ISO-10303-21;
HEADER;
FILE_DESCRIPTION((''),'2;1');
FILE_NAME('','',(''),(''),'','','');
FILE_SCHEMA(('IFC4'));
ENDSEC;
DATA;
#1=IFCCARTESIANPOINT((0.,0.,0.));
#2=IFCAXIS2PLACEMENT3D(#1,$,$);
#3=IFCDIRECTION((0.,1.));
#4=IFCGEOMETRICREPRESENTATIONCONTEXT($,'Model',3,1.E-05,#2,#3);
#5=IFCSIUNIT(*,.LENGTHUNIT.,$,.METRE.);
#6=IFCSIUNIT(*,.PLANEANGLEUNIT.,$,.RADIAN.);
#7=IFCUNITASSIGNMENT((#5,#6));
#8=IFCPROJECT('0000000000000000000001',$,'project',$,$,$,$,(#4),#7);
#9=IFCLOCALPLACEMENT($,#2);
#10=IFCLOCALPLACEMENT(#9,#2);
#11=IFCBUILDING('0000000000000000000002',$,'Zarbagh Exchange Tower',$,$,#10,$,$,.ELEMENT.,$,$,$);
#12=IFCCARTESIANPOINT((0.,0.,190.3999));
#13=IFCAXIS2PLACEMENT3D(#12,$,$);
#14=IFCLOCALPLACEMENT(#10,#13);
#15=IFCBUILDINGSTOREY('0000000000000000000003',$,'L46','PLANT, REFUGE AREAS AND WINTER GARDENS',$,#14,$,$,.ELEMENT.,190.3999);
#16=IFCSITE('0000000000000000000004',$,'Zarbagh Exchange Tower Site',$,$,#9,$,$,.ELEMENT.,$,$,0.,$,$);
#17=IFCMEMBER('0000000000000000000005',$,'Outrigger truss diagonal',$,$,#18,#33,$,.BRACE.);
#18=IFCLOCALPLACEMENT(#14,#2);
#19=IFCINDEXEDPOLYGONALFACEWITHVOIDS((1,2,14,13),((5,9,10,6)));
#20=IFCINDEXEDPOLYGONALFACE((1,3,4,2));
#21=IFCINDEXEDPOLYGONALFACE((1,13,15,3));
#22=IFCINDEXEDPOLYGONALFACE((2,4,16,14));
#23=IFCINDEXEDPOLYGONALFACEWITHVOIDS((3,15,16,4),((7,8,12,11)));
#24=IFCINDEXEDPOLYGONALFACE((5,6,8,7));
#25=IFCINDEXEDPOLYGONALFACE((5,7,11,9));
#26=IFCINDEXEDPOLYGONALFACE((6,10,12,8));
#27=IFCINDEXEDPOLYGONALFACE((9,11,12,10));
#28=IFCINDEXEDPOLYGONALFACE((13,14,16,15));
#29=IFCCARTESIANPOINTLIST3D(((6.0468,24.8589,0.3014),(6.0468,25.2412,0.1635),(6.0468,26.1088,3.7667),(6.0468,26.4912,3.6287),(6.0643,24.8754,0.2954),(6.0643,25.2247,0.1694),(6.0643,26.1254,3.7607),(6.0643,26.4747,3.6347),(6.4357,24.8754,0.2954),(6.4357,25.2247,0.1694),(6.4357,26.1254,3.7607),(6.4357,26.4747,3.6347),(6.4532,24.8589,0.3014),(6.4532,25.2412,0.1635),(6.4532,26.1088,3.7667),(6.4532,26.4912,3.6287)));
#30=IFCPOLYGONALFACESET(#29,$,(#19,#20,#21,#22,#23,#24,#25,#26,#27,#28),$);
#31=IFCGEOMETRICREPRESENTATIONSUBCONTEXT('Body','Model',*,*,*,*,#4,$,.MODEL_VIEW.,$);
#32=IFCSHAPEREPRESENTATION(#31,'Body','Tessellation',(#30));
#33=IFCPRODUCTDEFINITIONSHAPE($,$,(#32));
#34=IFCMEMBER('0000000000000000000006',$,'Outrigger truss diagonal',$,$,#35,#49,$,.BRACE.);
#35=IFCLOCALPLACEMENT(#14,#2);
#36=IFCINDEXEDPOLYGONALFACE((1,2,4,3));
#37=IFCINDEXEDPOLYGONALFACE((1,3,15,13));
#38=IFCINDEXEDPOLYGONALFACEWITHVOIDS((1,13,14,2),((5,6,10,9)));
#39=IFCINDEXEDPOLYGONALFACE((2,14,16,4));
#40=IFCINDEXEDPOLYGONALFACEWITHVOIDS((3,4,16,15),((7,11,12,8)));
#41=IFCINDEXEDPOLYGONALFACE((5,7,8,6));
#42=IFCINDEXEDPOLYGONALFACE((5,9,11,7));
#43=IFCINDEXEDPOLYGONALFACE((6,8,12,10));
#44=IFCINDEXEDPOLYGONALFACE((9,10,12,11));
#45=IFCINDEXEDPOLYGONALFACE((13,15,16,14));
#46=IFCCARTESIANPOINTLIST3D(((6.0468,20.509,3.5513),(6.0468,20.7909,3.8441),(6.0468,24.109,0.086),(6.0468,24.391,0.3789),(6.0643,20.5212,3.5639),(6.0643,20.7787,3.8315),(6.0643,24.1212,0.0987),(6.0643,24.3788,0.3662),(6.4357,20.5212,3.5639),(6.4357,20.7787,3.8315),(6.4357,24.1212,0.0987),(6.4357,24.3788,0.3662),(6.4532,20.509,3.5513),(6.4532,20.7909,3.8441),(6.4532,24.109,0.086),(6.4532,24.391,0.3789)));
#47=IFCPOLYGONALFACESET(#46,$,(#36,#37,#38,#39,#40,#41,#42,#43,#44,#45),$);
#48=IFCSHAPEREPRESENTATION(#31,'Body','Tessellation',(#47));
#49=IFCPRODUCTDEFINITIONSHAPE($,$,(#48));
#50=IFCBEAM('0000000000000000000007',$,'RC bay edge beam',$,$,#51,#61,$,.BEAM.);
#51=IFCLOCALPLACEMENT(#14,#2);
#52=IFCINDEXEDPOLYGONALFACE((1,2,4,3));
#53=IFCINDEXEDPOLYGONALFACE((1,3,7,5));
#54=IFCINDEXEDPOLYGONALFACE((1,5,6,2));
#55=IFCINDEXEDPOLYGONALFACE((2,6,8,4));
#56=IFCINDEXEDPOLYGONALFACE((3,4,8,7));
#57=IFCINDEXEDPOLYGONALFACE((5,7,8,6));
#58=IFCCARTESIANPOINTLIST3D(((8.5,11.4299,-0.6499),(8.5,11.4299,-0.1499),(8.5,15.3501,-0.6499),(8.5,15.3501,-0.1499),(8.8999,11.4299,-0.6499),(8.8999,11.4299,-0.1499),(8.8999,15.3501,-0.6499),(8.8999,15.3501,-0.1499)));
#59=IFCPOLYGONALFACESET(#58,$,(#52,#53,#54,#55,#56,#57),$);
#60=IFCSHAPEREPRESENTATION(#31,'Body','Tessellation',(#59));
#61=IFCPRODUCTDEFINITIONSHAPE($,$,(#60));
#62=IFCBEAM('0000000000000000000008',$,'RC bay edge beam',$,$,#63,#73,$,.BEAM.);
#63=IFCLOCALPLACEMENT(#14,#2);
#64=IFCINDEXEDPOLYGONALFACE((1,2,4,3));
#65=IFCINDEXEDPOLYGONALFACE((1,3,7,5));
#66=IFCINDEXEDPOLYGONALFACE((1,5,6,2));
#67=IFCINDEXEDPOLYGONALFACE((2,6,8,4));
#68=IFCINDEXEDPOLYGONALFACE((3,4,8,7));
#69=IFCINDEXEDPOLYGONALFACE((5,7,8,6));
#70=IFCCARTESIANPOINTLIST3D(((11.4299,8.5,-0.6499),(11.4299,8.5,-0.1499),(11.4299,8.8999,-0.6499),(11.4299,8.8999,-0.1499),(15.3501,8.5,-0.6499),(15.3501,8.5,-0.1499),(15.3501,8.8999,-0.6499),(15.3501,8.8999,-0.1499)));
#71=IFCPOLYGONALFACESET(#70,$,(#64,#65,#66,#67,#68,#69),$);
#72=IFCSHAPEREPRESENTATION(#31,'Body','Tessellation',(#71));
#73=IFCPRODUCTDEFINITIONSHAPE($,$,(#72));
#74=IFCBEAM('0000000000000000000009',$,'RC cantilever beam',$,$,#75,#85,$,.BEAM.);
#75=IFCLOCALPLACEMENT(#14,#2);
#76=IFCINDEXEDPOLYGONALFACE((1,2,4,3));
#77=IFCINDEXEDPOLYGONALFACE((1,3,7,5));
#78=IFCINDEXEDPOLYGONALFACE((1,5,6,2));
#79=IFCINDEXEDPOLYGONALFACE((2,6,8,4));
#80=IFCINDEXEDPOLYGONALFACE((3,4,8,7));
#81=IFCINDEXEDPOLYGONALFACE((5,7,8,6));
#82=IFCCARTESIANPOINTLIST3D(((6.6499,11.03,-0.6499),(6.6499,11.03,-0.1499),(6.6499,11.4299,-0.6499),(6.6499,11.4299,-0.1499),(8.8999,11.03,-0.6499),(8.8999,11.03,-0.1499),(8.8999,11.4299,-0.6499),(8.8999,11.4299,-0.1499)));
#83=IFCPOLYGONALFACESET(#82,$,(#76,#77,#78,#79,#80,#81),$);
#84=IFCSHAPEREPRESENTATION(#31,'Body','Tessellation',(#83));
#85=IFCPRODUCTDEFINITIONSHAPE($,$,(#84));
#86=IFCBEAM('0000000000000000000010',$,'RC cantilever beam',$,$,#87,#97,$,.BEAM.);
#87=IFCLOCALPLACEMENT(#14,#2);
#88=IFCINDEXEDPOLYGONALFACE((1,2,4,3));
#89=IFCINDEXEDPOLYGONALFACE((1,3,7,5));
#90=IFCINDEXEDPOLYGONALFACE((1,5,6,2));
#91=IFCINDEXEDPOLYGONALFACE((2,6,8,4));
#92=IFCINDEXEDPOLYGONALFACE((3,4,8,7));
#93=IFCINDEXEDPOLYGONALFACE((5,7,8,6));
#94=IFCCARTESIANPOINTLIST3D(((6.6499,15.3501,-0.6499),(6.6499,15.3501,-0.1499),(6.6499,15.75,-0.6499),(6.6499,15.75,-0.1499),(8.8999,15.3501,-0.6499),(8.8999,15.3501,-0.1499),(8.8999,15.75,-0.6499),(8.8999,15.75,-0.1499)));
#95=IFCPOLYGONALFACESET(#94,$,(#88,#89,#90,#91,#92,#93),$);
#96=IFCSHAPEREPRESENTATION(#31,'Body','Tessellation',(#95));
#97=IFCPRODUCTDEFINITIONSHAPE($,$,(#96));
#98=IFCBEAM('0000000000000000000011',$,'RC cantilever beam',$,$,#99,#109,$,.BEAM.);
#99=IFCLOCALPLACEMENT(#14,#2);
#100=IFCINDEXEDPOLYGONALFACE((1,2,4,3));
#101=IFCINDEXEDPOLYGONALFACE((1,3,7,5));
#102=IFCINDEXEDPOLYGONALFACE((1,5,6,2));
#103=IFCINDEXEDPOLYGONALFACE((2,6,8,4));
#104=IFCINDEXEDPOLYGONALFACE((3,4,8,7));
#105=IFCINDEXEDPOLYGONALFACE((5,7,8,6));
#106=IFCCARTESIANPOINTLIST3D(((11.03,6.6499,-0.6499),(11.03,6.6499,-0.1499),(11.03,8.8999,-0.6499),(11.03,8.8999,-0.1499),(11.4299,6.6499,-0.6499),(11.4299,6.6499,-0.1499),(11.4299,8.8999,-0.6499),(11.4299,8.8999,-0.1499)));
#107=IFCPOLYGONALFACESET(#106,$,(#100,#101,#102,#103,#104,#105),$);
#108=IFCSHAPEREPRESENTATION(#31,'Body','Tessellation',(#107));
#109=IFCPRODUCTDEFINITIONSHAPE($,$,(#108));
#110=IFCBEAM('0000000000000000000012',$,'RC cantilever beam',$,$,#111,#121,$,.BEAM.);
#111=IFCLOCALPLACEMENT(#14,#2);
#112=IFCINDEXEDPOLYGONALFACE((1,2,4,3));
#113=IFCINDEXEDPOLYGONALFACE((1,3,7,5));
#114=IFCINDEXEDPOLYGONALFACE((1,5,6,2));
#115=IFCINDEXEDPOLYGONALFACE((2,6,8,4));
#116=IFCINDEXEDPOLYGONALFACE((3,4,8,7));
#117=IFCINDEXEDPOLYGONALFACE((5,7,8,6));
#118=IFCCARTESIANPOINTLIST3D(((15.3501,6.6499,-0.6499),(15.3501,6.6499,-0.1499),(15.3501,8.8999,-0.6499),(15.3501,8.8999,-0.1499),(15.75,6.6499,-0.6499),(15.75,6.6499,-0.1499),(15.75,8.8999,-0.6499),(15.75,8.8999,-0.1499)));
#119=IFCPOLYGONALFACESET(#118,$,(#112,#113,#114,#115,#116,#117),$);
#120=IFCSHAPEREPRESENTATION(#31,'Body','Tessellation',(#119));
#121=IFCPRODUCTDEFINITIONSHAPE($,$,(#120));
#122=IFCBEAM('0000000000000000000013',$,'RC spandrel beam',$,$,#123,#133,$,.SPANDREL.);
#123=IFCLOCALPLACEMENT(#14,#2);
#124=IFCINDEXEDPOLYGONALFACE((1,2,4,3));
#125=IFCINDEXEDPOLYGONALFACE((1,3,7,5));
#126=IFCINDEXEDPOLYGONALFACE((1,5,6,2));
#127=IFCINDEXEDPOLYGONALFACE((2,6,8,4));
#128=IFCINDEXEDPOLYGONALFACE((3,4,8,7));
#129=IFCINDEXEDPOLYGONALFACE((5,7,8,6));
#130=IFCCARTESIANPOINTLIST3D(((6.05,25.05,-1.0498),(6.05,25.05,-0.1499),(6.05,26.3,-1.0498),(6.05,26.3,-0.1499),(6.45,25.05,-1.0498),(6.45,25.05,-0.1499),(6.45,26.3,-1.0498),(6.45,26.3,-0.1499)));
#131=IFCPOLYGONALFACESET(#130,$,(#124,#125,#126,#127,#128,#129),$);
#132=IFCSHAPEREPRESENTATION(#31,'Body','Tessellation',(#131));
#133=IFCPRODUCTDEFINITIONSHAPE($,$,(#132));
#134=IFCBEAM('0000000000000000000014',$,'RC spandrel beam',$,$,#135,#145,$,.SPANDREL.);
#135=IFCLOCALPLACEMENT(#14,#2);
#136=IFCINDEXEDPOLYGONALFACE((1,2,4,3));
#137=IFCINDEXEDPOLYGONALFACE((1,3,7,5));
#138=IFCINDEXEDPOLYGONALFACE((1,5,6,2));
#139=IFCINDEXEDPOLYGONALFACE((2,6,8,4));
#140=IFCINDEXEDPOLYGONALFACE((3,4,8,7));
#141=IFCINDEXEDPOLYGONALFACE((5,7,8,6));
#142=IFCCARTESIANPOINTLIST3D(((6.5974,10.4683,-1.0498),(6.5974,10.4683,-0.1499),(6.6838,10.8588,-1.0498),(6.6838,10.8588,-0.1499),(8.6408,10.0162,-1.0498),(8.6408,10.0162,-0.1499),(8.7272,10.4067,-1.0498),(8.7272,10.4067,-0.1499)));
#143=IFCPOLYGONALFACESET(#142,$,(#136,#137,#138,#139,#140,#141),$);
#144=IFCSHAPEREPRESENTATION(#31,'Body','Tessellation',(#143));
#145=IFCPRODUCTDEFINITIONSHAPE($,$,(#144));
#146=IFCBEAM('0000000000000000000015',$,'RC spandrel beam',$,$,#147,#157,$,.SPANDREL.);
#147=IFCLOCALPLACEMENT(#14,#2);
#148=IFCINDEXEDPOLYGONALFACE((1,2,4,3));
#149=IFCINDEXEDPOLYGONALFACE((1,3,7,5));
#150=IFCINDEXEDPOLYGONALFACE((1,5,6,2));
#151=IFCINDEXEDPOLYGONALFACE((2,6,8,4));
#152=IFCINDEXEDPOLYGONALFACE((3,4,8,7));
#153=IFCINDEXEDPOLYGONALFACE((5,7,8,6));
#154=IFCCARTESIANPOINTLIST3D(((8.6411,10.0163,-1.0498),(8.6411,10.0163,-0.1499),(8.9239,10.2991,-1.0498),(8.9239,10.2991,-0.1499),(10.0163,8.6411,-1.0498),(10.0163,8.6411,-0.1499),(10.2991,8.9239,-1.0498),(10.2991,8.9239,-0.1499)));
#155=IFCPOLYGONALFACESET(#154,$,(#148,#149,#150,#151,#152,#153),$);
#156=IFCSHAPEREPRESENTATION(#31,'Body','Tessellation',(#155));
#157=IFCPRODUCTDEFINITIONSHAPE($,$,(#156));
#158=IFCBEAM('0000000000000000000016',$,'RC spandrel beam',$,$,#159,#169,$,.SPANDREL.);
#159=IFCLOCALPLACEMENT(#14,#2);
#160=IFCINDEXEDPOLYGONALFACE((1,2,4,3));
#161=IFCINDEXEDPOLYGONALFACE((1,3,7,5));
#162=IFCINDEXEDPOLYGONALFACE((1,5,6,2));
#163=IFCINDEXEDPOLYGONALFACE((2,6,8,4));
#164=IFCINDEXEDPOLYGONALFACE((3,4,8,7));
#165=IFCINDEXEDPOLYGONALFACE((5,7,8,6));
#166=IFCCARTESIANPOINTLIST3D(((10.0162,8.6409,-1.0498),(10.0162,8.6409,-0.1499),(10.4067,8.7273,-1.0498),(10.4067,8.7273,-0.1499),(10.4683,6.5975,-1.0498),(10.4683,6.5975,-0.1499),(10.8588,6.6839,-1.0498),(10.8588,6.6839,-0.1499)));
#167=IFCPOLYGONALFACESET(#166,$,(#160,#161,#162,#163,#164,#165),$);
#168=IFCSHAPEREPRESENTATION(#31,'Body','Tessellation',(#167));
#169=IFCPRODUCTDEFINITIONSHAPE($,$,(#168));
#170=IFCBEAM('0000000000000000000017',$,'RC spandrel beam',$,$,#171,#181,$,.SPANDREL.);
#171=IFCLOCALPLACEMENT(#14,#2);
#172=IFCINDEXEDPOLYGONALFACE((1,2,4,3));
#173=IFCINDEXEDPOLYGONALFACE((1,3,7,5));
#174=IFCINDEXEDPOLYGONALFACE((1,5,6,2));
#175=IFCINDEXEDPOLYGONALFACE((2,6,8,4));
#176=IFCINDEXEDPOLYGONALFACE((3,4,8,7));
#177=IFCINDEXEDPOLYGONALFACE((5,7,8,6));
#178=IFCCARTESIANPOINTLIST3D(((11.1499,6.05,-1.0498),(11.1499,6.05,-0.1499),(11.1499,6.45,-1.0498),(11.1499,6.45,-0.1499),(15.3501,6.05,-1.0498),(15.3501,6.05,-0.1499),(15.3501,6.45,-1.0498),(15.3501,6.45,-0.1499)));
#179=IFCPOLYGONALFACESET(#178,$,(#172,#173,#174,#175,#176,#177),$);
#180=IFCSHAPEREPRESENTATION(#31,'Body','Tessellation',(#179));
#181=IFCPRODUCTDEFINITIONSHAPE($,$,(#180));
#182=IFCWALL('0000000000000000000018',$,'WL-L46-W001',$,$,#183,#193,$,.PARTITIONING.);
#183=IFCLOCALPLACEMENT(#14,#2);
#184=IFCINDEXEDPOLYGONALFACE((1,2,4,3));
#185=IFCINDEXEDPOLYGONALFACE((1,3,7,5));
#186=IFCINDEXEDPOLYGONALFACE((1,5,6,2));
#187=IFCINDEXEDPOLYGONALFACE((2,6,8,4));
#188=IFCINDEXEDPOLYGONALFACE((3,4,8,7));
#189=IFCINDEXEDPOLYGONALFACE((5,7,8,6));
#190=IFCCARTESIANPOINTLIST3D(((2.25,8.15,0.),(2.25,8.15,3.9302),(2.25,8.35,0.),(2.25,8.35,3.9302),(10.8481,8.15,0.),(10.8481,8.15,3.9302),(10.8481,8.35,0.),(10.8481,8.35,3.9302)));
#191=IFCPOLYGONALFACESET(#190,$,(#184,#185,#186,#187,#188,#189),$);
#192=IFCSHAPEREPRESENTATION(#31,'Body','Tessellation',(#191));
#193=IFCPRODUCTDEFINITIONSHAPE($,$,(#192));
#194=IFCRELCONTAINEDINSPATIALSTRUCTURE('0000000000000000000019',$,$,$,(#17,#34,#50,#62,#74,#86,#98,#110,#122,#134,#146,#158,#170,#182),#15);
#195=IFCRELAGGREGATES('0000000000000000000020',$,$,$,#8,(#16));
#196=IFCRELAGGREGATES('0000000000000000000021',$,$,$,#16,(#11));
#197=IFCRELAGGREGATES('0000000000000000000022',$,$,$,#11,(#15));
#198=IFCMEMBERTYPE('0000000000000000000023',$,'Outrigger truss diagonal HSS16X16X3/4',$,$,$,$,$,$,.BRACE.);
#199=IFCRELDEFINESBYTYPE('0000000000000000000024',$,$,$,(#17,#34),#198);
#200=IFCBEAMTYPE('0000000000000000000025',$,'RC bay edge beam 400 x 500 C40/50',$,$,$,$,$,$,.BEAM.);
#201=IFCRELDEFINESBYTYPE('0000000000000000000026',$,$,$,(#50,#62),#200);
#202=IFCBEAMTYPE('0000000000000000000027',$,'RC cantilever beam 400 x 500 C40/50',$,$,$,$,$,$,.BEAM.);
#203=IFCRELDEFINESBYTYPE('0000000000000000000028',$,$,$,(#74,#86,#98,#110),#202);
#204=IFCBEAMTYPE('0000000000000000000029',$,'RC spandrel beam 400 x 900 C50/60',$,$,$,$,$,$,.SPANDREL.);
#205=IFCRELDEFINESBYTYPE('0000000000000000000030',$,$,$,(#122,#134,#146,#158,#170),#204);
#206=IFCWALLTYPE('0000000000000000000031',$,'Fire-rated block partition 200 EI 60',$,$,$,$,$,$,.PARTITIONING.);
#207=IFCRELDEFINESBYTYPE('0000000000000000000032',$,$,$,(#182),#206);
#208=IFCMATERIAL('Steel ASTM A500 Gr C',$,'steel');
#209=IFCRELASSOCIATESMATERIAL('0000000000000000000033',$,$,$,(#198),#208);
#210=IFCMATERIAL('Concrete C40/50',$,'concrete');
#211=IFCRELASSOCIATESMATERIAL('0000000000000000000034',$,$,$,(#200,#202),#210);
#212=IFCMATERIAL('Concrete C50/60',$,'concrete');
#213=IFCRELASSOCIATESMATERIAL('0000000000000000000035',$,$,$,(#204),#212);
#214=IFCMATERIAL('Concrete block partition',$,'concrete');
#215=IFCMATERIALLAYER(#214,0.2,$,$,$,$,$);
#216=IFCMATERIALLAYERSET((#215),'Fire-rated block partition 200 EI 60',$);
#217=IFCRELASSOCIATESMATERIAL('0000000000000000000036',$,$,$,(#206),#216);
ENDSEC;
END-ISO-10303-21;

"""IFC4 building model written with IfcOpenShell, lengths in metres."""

from ifc_helpers import new_model, si_unit, direction, frame, frame_2d, origin, origin_2d, place, context, subcontext, project, spatial, rectangle, hollow_rectangle, extrude, material, layer, layer_set, material_profile, profile_set, type_object, element, save


model = new_model("IFC4")

# Units and contexts
model_context = context("Model", 3, precision=1e-05, world=origin(), true_north=direction((0.0, 1.0)))
body_context = subcontext(model_context, "Body", "Model", "MODEL_VIEW")
ifc_project = project(units=[si_unit("LENGTHUNIT", "METRE"), si_unit("PLANEANGLEUNIT", "RADIAN")], contexts=[model_context])

# Site, building, storey
site_placement = place(None, origin())
site = spatial("IfcSite", under=ifc_project, at=site_placement, Name="Zarbagh Exchange Tower Site", CompositionType="ELEMENT", RefElevation=0.0)
building_placement = place(site_placement, origin())
building = spatial("IfcBuilding", under=site, at=building_placement, Name="Zarbagh Exchange Tower", CompositionType="ELEMENT")
storey_placement = place(building_placement, frame((0.0, 0.0, 190.3999)))
storey = spatial("IfcBuildingStorey", under=building, at=storey_placement, Name="L46", Description="PLANT, REFUGE AREAS AND WINTER GARDENS", CompositionType="ELEMENT", Elevation=190.3999)

# Shared definitions
ifc_material_1 = material(Name="Concrete C50/60", Category="concrete")

# Members
ifc_material_2 = material(Name="Steel ASTM A500 Gr C", Category="steel")
ifc_material_profile_1 = material_profile(ifc_material_2, hollow_rectangle(XDim=0.4065, YDim=0.4065, WallThickness=0.0176, at=origin_2d()), Name="HSS16X16X3/4")
ifc_profile_set_1 = profile_set([ifc_material_profile_1], Name="Steel ASTM A500 Gr C")
member_type_1 = type_object("IfcMemberType", Name="Outrigger truss diagonal HSS16X16X3/4", PredefinedType="BRACE", material=ifc_profile_set_1)
member_1_placement = place(storey_placement, frame((6.25, 25.05, 0.2324), z_axis=(0.0, 0.339315, 0.940673), x_axis=(-1.0, 0.0, 0.0)))
element("IfcMember", 1, at=member_1_placement, inside=storey, type_object=member_type_1, Name="Outrigger truss diagonal", PredefinedType="BRACE", context=body_context, shape_type="SweptSolid", body=[
    extrude(hollow_rectangle(XDim=0.4065, YDim=0.4065, WallThickness=0.0176, at=origin_2d()), origin(), (0.0, 0.0, 1.0), 3.6838),
])
member_2_placement = place(storey_placement, frame((6.25, 24.25, 0.2324), z_axis=(0.0, -0.720463, 0.693493), x_axis=(1.0, 0.0, 0.0)))
element("IfcMember", 2, at=member_2_placement, inside=storey, type_object=member_type_1, Name="Outrigger truss diagonal", PredefinedType="BRACE", context=body_context, shape_type="SweptSolid", body=[
    extrude(hollow_rectangle(XDim=0.4065, YDim=0.4065, WallThickness=0.0176, at=origin_2d()), origin(), (0.0, 0.0, 1.0), 4.9968),
])

# Beams
ifc_material_3 = material(Name="Concrete C40/50", Category="concrete")
ifc_material_profile_2 = material_profile(ifc_material_3, rectangle(XDim=0.3999, YDim=0.5, at=origin_2d()), Name="RC bay edge beam 400 x 500 C40/50")
ifc_profile_set_2 = profile_set([ifc_material_profile_2], Name="Concrete C40/50")
beam_type_1 = type_object("IfcBeamType", Name="RC bay edge beam 400 x 500 C40/50", PredefinedType="BEAM", material=ifc_profile_set_2)
for number, where, z_axis, x_axis, name in (
    (3, (8.7, 11.4299, -0.3999), (0.0, 1.0, 0.0), (-1.0, 0.0, 0.0), "RC bay edge beam"),
    (4, (11.4299, 8.7, -0.3999), (1.0, 0.0, 0.0), (0.0, 1.0, 0.0), "RC bay edge beam"),
):
    element("IfcBeam", number, at=place(storey_placement, frame(where, z_axis=z_axis, x_axis=x_axis)), inside=storey, type_object=beam_type_1, Name=name, PredefinedType="BEAM", context=body_context, shape_type="SweptSolid", body=[
        extrude(rectangle(XDim=0.3999, YDim=0.5, at=origin_2d()), origin(), (0.0, 0.0, 1.0), 3.9202),
    ])
ifc_material_profile_3 = material_profile(ifc_material_3, rectangle(XDim=0.3999, YDim=0.5, at=origin_2d()), Name="RC cantilever beam 400 x 500 C40/50")
ifc_profile_set_3 = profile_set([ifc_material_profile_3], Name="Concrete C40/50")
beam_type_2 = type_object("IfcBeamType", Name="RC cantilever beam 400 x 500 C40/50", PredefinedType="BEAM", material=ifc_profile_set_3)
for number, where, z_axis, x_axis, name in (
    (5, (6.6499, 11.23, -0.3999), (1.0, 0.0, 0.0), (0.0, 1.0, 0.0), "RC cantilever beam"),
    (6, (6.6499, 15.55, -0.3999), (1.0, 0.0, 0.0), (0.0, 1.0, 0.0), "RC cantilever beam"),
    (7, (11.23, 6.6499, -0.3999), (0.0, 1.0, 0.0), (-1.0, 0.0, 0.0), "RC cantilever beam"),
    (8, (15.55, 6.6499, -0.3999), (0.0, 1.0, 0.0), (-1.0, 0.0, 0.0), "RC cantilever beam"),
):
    element("IfcBeam", number, at=place(storey_placement, frame(where, z_axis=z_axis, x_axis=x_axis)), inside=storey, type_object=beam_type_2, Name=name, PredefinedType="BEAM", context=body_context, shape_type="SweptSolid", body=[
        extrude(rectangle(XDim=0.3999, YDim=0.5, at=origin_2d()), origin(), (0.0, 0.0, 1.0), 2.25),
    ])
ifc_material_profile_4 = material_profile(ifc_material_1, rectangle(XDim=0.3999, YDim=0.8999, at=origin_2d()), Name="RC spandrel beam 400 x 900 C50/60")
ifc_profile_set_4 = profile_set([ifc_material_profile_4], Name="Concrete C50/60")
beam_type_3 = type_object("IfcBeamType", Name="RC spandrel beam 400 x 900 C50/60", PredefinedType="SPANDREL", material=ifc_profile_set_4)
beam_1_placement = place(storey_placement, frame((6.25, 26.3, -0.5999), z_axis=(0.0, -1.0, 0.0), x_axis=(1.0, 0.0, 0.0)))
element("IfcBeam", 9, at=beam_1_placement, inside=storey, type_object=beam_type_3, Name="RC spandrel beam", PredefinedType="SPANDREL", context=body_context, shape_type="SweptSolid", body=[
    extrude(rectangle(XDim=0.3999, YDim=0.8999, at=origin_2d()), origin(), (0.0, 0.0, 1.0), 1.25),
])
beam_2_placement = place(storey_placement, frame((6.6406, 10.6636, -0.5999), z_axis=(0.976384, -0.216041, 0.0), x_axis=(0.216041, 0.976384, 0.0)))
element("IfcBeam", 10, at=beam_2_placement, inside=storey, type_object=beam_type_3, Name="RC spandrel beam", PredefinedType="SPANDREL", context=body_context, shape_type="SweptSolid", body=[
    extrude(rectangle(XDim=0.3999, YDim=0.8999, at=origin_2d()), origin(), (0.0, 0.0, 1.0), 2.0928),
])
beam_3_placement = place(storey_placement, frame((8.7825, 10.1577, -0.5999), z_axis=(0.707107, -0.707107, 0.0), x_axis=(0.707107, 0.707107, 0.0)))
element("IfcBeam", 11, at=beam_3_placement, inside=storey, type_object=beam_type_3, Name="RC spandrel beam", PredefinedType="SPANDREL", context=body_context, shape_type="SweptSolid", body=[
    extrude(rectangle(XDim=0.3999, YDim=0.8999, at=origin_2d()), origin(), (0.0, 0.0, 1.0), 1.9448),
])
beam_4_placement = place(storey_placement, frame((10.2114, 8.6841, -0.5999), z_axis=(0.216041, -0.976384, 0.0), x_axis=(0.976384, 0.216041, 0.0)))
element("IfcBeam", 12, at=beam_4_placement, inside=storey, type_object=beam_type_3, Name="RC spandrel beam", PredefinedType="SPANDREL", context=body_context, shape_type="SweptSolid", body=[
    extrude(rectangle(XDim=0.3999, YDim=0.8999, at=origin_2d()), origin(), (0.0, 0.0, 1.0), 2.0928),
])
beam_5_placement = place(storey_placement, frame((11.1499, 6.25, -0.5999), z_axis=(1.0, 0.0, 0.0), x_axis=(0.0, 1.0, 0.0)))
element("IfcBeam", 13, at=beam_5_placement, inside=storey, type_object=beam_type_3, Name="RC spandrel beam", PredefinedType="SPANDREL", context=body_context, shape_type="SweptSolid", body=[
    extrude(rectangle(XDim=0.3999, YDim=0.8999, at=origin_2d()), origin(), (0.0, 0.0, 1.0), 4.2002),
])

# Wall
ifc_material_4 = material(Name="Concrete block partition", Category="concrete")
ifc_layer_1 = layer(ifc_material_4, 0.2)
ifc_layer_set_1 = layer_set([ifc_layer_1], Name="Fire-rated block partition 200 EI 60")
wall_type_1 = type_object("IfcWallType", Name="Fire-rated block partition 200 EI 60", PredefinedType="PARTITIONING", material=ifc_layer_set_1)
wall_1_placement = place(storey_placement, frame((10.8481, 8.25, 0.0), z_axis=(0.0, 0.0, 1.0), x_axis=(-1.0, 0.0, 0.0)))
element("IfcWall", 14, at=wall_1_placement, inside=storey, type_object=wall_type_1, Name="WL-L46-W001", PredefinedType="PARTITIONING", context=body_context, shape_type="SweptSolid", body=[
    extrude(rectangle(XDim=8.5981, YDim=0.2, at=frame_2d((4.2991, 0.0))), origin(), (0.0, 0.0, 1.0), 3.9302),
])

save(model, "model.ifc")
